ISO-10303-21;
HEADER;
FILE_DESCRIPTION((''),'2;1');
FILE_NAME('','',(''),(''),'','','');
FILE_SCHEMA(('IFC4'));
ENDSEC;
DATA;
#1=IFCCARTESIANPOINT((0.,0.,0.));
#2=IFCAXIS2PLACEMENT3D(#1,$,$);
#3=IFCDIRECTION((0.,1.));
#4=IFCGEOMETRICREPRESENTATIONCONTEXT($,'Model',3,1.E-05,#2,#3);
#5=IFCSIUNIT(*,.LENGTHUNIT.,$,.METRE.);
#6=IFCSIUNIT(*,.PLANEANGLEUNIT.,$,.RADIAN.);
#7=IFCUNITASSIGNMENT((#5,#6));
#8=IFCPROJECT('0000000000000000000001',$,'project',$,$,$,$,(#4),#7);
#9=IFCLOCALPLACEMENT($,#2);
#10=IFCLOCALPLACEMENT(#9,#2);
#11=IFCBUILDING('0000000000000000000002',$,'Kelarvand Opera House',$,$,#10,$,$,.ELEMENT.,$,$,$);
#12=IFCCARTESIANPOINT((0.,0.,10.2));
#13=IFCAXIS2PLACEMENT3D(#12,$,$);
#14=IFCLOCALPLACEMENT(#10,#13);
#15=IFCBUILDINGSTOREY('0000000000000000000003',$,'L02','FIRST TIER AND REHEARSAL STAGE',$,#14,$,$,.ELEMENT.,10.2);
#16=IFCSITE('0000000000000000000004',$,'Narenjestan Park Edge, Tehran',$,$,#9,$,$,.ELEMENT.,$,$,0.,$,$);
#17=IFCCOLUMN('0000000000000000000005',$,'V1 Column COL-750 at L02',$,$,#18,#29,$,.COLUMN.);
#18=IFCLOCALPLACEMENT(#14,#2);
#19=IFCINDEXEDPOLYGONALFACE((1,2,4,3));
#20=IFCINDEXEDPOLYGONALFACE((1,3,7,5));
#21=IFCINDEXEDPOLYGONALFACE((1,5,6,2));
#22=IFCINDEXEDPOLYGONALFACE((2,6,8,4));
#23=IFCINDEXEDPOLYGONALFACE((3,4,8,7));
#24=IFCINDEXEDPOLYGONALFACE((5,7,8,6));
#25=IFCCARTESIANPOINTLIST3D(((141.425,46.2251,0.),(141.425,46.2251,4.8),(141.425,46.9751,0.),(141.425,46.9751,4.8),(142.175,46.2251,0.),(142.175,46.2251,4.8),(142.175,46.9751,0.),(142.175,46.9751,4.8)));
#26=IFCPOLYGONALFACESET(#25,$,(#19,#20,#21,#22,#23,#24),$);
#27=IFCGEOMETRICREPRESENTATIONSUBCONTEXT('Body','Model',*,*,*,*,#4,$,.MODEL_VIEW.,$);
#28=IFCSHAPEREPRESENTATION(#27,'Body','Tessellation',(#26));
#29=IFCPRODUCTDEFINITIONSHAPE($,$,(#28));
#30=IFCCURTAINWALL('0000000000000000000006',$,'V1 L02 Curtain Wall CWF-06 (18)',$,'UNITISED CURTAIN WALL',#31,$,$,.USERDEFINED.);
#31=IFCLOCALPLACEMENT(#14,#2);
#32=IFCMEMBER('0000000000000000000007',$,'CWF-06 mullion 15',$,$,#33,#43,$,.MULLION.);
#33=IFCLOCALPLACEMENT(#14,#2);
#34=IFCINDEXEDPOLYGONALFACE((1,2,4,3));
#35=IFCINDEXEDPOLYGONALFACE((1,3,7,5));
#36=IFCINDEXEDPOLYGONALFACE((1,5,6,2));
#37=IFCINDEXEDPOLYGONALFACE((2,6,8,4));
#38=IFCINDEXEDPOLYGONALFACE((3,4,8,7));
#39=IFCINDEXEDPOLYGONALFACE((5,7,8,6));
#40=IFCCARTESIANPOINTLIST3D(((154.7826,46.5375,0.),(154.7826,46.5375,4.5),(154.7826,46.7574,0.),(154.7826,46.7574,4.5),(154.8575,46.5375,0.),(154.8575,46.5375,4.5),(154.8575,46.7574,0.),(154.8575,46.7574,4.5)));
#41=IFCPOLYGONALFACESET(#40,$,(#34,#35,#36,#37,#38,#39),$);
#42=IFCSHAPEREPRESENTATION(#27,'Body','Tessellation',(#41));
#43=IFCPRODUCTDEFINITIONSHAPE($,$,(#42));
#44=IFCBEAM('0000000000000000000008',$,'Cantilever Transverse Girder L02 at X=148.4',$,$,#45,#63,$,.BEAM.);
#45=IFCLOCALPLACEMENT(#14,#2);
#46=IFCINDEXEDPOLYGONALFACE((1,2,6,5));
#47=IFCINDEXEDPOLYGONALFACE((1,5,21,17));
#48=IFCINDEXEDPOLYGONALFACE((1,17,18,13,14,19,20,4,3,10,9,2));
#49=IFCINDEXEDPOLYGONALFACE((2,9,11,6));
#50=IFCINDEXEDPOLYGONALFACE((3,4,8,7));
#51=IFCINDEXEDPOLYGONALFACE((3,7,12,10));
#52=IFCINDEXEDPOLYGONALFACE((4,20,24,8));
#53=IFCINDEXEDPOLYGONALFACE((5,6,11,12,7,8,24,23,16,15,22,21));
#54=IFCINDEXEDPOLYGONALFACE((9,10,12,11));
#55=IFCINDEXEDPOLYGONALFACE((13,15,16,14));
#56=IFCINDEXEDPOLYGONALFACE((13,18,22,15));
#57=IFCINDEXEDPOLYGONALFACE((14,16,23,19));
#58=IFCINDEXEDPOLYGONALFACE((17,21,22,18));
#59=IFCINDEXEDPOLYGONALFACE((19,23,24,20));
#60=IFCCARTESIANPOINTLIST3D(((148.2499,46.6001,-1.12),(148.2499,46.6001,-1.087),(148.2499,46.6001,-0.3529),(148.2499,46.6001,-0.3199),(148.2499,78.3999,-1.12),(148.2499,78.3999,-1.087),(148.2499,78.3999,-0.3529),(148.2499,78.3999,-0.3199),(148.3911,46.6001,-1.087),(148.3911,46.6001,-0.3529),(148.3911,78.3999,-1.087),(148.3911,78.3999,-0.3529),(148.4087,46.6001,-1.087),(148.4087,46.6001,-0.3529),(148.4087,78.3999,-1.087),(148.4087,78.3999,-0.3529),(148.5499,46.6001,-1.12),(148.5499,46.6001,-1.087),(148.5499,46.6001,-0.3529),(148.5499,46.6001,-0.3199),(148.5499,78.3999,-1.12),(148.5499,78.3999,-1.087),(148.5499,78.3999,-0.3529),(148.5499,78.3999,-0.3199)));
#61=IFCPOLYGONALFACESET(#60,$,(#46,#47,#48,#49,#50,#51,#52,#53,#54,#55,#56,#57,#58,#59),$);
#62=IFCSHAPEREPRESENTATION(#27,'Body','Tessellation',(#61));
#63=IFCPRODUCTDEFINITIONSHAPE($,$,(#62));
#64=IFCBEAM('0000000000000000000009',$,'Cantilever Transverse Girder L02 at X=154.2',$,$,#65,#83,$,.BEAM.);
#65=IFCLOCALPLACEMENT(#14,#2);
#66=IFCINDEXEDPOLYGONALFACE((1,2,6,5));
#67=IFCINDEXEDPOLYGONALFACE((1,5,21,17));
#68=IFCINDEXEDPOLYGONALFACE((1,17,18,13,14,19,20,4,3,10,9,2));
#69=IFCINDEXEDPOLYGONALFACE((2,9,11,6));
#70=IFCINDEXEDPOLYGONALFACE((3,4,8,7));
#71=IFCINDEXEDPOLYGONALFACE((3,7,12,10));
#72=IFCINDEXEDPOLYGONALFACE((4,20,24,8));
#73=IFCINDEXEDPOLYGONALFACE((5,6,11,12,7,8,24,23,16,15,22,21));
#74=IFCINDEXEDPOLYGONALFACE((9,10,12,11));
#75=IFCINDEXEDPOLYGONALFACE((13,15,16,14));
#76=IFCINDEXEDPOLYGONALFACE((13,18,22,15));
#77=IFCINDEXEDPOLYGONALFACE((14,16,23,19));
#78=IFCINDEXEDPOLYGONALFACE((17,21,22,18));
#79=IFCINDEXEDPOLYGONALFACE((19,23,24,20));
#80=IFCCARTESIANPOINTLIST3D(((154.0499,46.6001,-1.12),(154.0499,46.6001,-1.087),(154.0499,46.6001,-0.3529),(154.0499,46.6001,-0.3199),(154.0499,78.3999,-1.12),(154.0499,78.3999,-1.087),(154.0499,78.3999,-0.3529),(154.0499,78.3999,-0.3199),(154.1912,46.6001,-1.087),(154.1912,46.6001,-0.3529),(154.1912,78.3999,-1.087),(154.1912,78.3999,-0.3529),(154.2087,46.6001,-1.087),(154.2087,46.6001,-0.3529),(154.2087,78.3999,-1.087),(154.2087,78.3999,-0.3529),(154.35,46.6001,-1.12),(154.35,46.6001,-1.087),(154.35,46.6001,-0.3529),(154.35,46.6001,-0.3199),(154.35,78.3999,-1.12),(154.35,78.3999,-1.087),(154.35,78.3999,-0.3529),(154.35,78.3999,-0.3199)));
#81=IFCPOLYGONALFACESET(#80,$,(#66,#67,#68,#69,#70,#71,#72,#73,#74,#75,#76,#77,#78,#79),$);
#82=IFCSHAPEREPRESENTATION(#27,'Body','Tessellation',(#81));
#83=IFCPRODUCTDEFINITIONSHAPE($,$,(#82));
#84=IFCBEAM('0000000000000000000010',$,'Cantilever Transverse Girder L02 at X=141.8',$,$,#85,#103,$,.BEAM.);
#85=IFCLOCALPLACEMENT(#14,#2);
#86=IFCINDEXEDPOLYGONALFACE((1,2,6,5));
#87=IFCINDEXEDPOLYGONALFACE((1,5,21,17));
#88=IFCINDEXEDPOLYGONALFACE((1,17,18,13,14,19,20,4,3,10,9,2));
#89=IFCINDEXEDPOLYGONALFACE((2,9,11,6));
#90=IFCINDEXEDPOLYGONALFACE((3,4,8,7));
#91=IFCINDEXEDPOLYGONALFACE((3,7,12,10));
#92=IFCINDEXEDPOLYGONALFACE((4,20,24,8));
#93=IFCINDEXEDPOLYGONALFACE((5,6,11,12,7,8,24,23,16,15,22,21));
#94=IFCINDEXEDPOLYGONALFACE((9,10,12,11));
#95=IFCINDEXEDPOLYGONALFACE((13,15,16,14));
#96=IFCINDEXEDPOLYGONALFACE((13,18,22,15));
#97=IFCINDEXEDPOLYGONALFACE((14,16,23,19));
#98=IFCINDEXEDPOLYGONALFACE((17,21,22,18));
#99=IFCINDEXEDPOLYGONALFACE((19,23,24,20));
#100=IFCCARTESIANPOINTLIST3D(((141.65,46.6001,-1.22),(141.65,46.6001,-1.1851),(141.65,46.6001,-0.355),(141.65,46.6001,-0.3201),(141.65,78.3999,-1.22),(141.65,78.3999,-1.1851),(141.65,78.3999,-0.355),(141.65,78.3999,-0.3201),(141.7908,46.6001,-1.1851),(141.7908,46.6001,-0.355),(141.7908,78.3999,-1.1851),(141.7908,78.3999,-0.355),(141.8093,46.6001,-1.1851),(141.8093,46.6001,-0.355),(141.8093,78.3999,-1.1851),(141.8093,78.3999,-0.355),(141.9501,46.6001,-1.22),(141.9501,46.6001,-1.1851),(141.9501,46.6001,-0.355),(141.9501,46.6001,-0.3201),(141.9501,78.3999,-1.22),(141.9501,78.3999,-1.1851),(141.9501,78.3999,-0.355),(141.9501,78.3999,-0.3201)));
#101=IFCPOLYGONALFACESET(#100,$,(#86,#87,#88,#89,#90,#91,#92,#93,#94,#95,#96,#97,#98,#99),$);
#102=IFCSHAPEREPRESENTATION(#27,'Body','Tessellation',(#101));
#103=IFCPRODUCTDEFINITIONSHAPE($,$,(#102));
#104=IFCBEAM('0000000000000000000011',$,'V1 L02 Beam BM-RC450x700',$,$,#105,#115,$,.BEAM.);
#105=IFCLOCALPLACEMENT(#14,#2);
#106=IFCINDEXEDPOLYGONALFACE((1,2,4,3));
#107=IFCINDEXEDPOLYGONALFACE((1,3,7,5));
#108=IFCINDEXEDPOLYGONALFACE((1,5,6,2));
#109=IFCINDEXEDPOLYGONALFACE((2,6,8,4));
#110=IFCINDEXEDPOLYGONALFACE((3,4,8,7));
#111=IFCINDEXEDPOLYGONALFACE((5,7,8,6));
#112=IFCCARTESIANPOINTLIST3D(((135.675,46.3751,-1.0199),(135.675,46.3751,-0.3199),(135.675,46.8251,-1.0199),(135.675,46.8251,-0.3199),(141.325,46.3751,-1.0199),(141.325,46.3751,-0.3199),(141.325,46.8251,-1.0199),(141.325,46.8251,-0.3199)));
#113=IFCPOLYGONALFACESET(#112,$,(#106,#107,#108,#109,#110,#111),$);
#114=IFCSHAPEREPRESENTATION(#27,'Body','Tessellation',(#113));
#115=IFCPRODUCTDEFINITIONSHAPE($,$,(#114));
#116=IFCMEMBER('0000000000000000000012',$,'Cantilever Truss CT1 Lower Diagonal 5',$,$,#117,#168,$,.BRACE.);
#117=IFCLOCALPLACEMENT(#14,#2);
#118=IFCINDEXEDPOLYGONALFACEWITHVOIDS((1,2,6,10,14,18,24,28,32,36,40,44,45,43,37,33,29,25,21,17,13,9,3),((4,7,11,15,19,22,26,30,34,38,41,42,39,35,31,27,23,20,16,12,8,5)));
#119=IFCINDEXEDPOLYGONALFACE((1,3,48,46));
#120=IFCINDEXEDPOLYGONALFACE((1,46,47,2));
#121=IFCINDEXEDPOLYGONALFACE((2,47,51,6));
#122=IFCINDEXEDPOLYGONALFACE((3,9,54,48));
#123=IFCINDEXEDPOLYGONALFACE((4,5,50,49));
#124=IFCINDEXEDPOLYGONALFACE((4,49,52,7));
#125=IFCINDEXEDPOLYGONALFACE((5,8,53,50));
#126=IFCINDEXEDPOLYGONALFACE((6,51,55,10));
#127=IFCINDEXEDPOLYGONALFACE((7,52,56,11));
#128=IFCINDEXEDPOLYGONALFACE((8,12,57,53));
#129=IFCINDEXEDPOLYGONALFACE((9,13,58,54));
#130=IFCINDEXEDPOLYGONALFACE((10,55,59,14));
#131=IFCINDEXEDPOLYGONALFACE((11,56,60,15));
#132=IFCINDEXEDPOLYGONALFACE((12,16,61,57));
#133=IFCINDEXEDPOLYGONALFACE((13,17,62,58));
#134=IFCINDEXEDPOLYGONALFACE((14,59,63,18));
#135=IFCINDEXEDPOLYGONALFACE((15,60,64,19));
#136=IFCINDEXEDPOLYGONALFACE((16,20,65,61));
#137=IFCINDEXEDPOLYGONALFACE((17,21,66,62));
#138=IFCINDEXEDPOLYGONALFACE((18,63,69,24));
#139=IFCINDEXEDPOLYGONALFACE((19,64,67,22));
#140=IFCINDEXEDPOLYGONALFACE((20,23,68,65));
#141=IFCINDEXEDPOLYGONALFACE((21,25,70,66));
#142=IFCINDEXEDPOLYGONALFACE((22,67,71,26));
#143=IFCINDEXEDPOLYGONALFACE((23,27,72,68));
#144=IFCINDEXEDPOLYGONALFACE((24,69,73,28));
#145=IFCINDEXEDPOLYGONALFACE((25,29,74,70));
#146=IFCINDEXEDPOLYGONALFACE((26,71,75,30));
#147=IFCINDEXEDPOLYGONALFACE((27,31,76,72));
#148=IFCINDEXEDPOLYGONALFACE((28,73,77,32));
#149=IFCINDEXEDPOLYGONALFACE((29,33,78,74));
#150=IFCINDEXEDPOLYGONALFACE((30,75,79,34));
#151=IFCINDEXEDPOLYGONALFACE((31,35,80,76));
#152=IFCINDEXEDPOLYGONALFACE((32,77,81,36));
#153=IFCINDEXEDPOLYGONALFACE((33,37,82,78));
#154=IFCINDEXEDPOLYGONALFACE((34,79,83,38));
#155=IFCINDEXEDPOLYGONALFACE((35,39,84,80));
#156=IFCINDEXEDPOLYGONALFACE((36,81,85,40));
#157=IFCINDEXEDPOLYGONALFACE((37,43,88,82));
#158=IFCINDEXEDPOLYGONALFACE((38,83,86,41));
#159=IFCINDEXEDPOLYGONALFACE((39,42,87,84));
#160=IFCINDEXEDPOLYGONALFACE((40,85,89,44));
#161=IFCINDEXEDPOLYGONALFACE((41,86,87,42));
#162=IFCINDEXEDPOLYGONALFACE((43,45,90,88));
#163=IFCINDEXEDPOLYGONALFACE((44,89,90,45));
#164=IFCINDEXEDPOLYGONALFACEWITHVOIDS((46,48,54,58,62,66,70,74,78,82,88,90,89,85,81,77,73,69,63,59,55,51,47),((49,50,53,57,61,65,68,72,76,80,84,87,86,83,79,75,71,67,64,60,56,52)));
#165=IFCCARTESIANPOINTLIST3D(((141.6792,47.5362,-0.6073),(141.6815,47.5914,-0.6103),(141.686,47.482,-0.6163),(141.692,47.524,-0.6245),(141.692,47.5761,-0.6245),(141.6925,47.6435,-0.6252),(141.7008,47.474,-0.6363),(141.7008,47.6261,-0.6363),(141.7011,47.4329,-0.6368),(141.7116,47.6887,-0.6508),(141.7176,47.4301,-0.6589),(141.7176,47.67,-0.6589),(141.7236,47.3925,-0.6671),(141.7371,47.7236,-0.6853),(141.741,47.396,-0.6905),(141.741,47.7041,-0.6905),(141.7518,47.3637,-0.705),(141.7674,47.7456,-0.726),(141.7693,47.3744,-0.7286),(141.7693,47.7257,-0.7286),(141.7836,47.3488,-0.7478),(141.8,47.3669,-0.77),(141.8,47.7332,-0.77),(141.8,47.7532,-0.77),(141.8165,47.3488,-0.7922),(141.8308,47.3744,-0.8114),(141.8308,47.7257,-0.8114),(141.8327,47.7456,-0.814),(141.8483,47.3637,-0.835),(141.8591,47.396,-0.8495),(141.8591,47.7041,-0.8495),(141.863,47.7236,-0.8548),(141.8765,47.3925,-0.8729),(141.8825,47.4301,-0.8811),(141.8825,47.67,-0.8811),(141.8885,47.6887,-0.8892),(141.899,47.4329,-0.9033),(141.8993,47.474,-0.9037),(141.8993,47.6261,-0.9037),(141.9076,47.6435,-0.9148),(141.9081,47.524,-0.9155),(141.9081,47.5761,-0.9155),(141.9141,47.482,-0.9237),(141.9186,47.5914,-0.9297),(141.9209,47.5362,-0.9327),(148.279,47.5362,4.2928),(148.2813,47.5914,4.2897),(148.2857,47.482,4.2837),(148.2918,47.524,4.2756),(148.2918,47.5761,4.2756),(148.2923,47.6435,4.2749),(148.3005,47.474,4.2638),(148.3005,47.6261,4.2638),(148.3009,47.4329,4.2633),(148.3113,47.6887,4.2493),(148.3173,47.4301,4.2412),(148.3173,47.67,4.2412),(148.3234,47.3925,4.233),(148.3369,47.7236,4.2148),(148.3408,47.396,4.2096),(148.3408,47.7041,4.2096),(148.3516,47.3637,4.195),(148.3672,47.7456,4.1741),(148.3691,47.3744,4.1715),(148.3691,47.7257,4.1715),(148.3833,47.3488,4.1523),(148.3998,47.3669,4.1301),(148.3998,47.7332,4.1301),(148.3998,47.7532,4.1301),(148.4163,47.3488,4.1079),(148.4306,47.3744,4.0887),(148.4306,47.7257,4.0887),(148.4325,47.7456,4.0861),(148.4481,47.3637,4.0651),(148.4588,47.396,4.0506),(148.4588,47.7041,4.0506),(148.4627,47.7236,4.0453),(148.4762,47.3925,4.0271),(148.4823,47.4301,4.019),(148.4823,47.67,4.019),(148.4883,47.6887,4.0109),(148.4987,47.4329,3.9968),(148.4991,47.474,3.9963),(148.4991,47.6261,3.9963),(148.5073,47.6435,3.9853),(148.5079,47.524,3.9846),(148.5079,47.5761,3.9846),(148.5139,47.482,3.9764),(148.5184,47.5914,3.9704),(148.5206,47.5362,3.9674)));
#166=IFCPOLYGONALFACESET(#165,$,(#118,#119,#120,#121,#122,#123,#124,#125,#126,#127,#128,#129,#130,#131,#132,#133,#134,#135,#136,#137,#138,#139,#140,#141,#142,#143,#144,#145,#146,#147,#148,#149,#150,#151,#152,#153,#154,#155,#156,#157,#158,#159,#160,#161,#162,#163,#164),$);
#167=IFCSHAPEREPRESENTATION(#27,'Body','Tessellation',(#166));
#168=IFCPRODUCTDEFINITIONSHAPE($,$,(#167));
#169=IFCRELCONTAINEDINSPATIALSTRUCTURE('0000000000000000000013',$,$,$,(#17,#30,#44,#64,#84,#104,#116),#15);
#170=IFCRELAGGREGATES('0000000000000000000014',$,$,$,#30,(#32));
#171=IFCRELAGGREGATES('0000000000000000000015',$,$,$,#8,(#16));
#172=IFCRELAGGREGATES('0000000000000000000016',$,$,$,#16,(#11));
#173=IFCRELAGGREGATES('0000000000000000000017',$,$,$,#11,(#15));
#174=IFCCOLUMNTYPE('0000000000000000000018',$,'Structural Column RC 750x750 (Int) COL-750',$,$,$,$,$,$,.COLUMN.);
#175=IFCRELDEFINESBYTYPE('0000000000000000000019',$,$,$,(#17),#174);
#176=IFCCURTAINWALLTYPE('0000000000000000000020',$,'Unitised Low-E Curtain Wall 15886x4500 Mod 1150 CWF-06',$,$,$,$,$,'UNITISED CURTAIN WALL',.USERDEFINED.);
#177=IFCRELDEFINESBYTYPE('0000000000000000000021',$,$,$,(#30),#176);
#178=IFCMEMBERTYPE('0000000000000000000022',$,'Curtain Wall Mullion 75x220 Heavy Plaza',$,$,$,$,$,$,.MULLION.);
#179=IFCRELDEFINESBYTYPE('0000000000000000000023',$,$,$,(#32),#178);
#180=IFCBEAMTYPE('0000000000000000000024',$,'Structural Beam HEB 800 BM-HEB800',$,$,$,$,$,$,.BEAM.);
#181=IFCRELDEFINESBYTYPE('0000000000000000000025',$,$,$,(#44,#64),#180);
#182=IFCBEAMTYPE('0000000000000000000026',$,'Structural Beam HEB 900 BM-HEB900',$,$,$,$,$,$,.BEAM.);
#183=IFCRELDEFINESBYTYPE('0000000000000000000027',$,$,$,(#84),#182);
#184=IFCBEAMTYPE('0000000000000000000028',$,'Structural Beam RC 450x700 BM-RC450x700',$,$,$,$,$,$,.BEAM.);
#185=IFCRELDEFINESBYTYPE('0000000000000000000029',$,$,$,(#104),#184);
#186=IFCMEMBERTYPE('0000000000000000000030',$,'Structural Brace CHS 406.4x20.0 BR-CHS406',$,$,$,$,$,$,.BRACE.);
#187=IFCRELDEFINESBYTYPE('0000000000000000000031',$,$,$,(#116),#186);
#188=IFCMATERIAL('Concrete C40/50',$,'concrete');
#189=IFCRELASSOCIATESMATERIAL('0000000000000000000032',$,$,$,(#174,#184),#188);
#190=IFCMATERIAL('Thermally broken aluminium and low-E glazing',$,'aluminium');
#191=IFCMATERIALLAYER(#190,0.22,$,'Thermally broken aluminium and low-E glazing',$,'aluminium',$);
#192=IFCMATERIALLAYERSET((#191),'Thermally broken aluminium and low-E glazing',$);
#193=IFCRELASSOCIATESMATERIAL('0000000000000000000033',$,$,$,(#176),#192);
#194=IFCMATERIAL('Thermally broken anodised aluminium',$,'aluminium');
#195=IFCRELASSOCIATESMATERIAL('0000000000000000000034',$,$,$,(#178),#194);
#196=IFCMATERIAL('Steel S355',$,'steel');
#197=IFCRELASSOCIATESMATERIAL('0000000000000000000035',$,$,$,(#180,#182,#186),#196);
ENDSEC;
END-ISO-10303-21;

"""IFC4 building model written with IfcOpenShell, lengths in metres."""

from ifc_helpers import new_model, si_unit, direction, frame, origin, origin_2d, place, context, subcontext, project, spatial, rectangle, hollow_circle, i_section, extrude, material, layer, layer_set, material_profile, profile_set, type_object, element, aggregate, save


model = new_model("IFC4")

# Units and contexts
model_context = context("Model", 3, precision=1e-05, world=origin(), true_north=direction((0.0, 1.0)))
body_context = subcontext(model_context, "Body", "Model", "MODEL_VIEW")
ifc_project = project(units=[si_unit("LENGTHUNIT", "METRE"), si_unit("PLANEANGLEUNIT", "RADIAN")], contexts=[model_context])

# Site, building, storey
site_placement = place(None, origin())
site = spatial("IfcSite", under=ifc_project, at=site_placement, Name="Narenjestan Park Edge, Tehran", CompositionType="ELEMENT", RefElevation=0.0)
building_placement = place(site_placement, origin())
building = spatial("IfcBuilding", under=site, at=building_placement, Name="Kelarvand Opera House", CompositionType="ELEMENT")
storey_placement = place(building_placement, frame((0.0, 0.0, 10.2)))
storey = spatial("IfcBuildingStorey", under=building, at=storey_placement, Name="L02", Description="FIRST TIER AND REHEARSAL STAGE", CompositionType="ELEMENT", Elevation=10.2)

# Column
ifc_material_1 = material(Name="Concrete C40/50", Category="concrete")
ifc_material_profile_1 = material_profile(ifc_material_1, rectangle(XDim=0.75, YDim=0.75, at=origin_2d()), Name="RC 750x750", Category="concrete")
ifc_profile_set_1 = profile_set([ifc_material_profile_1], Name="Concrete C40/50")
column_type = type_object("IfcColumnType", Name="Structural Column RC 750x750 (Int) COL-750", PredefinedType="COLUMN", material=ifc_profile_set_1)
column_placement = place(storey_placement, frame((141.8, 46.6001, 0.0), z_axis=(0.0, 0.0, 1.0), x_axis=(1.0, 0.0, 0.0)))
element("IfcColumn", 1, at=column_placement, inside=storey, type_object=column_type, Name="V1 Column COL-750 at L02", PredefinedType="COLUMN", context=body_context, shape_type="SweptSolid", body=[
    extrude(rectangle(XDim=0.75, YDim=0.75, at=origin_2d()), origin(), (0.0, 0.0, 1.0), 4.8),
])

# Curtain wall, member
ifc_material_2 = material(Name="Thermally broken aluminium and low-E glazing", Category="aluminium")
ifc_layer_1 = layer(ifc_material_2, 0.22, Name="Thermally broken aluminium and low-E glazing", Category="aluminium")
ifc_layer_set_1 = layer_set([ifc_layer_1], Name="Thermally broken aluminium and low-E glazing")
curtain_wall_type = type_object("IfcCurtainWallType", Name="Unitised Low-E Curtain Wall 15886x4500 Mod 1150 CWF-06", ElementType="UNITISED CURTAIN WALL", PredefinedType="USERDEFINED", material=ifc_layer_set_1)
curtain_wall_placement = place(storey_placement, origin())
curtain_wall = element("IfcCurtainWall", 2, at=curtain_wall_placement, inside=storey, type_object=curtain_wall_type, Name="V1 L02 Curtain Wall CWF-06 (18)", ObjectType="UNITISED CURTAIN WALL", PredefinedType="USERDEFINED")
ifc_material_3 = material(Name="Thermally broken anodised aluminium", Category="aluminium")
ifc_material_profile_2 = material_profile(ifc_material_3, rectangle(XDim=0.075, YDim=0.22, at=origin_2d()), Name="ALU MULLION 75x220", Category="aluminium")
ifc_profile_set_2 = profile_set([ifc_material_profile_2], Name="Thermally broken anodised aluminium")
member_type_1 = type_object("IfcMemberType", Name="Curtain Wall Mullion 75x220 Heavy Plaza", PredefinedType="MULLION", material=ifc_profile_set_2)
member_1_placement = place(storey_placement, frame((154.8201, 46.6475, 0.0), z_axis=(0.0, 0.0, 1.0), x_axis=(1.0, 0.0, 0.0)))
member_1 = element("IfcMember", 3, at=member_1_placement, type_object=member_type_1, Name="CWF-06 mullion 15", PredefinedType="MULLION", context=body_context, shape_type="SweptSolid", body=[
    extrude(rectangle(XDim=0.075, YDim=0.22, at=origin_2d()), origin(), (0.0, 0.0, 1.0), 4.5),
])

# Beams
ifc_material_4 = material(Name="Steel S355", Category="steel")
ifc_material_profile_3 = material_profile(ifc_material_4, i_section(OverallWidth=0.3, OverallDepth=0.8, WebThickness=0.0176, FlangeThickness=0.033, at=origin_2d()), Name="HEB 800", Category="steel")
ifc_profile_set_3 = profile_set([ifc_material_profile_3], Name="Steel S355")
beam_type_1 = type_object("IfcBeamType", Name="Structural Beam HEB 800 BM-HEB800", PredefinedType="BEAM", material=ifc_profile_set_3)
for number, where, z_axis, x_axis, name in (
    (4, (148.3999, 46.6001, -0.72), (0.0, 1.0, 0.0), (-1.0, 0.0, 0.0), "Cantilever Transverse Girder L02 at X=148.4"),
    (5, (154.2, 46.6001, -0.72), (0.0, 1.0, 0.0), (-1.0, 0.0, 0.0), "Cantilever Transverse Girder L02 at X=154.2"),
):
    element("IfcBeam", number, at=place(storey_placement, frame(where, z_axis=z_axis, x_axis=x_axis)), inside=storey, type_object=beam_type_1, Name=name, PredefinedType="BEAM", context=body_context, shape_type="SweptSolid", body=[
        extrude(i_section(OverallWidth=0.3, OverallDepth=0.8, WebThickness=0.0176, FlangeThickness=0.033, at=origin_2d()), origin(), (0.0, 0.0, 1.0), 31.7998),
    ])
ifc_material_profile_4 = material_profile(ifc_material_4, i_section(OverallWidth=0.3, OverallDepth=0.8999, WebThickness=0.0186, FlangeThickness=0.0349, at=origin_2d()), Name="HEB 900", Category="steel")
ifc_profile_set_4 = profile_set([ifc_material_profile_4], Name="Steel S355")
beam_type_2 = type_object("IfcBeamType", Name="Structural Beam HEB 900 BM-HEB900", PredefinedType="BEAM", material=ifc_profile_set_4)
beam_1_placement = place(storey_placement, frame((141.8, 46.6001, -0.77), z_axis=(0.0, 1.0, 0.0), x_axis=(-1.0, 0.0, 0.0)))
element("IfcBeam", 6, at=beam_1_placement, inside=storey, type_object=beam_type_2, Name="Cantilever Transverse Girder L02 at X=141.8", PredefinedType="BEAM", context=body_context, shape_type="SweptSolid", body=[
    extrude(i_section(OverallWidth=0.3, OverallDepth=0.8999, WebThickness=0.0186, FlangeThickness=0.0349, at=origin_2d()), origin(), (0.0, 0.0, 1.0), 31.7998),
])
ifc_material_profile_5 = material_profile(ifc_material_1, rectangle(XDim=0.45, YDim=0.7, at=origin_2d()), Name="RC 450x700", Category="concrete")
ifc_profile_set_5 = profile_set([ifc_material_profile_5], Name="Concrete C40/50")
beam_type_3 = type_object("IfcBeamType", Name="Structural Beam RC 450x700 BM-RC450x700", PredefinedType="BEAM", material=ifc_profile_set_5)
beam_2_placement = place(storey_placement, frame((135.675, 46.6001, -0.6699), z_axis=(1.0, 0.0, 0.0), x_axis=(0.0, 1.0, 0.0)))
element("IfcBeam", 7, at=beam_2_placement, inside=storey, type_object=beam_type_3, Name="V1 L02 Beam BM-RC450x700", PredefinedType="BEAM", context=body_context, shape_type="SweptSolid", body=[
    extrude(rectangle(XDim=0.45, YDim=0.7, at=origin_2d()), origin(), (0.0, 0.0, 1.0), 5.6499),
])

# Member
ifc_material_profile_6 = material_profile(ifc_material_4, hollow_circle(Radius=0.2031, WallThickness=0.02, at=origin_2d()), Name="CHS 406.4x20.0", Category="steel")
ifc_profile_set_6 = profile_set([ifc_material_profile_6], Name="Steel S355")
member_type_2 = type_object("IfcMemberType", Name="Structural Brace CHS 406.4x20.0 BR-CHS406", PredefinedType="BRACE", material=ifc_profile_set_6)
member_2_placement = place(storey_placement, frame((141.8, 47.55, -0.77), z_axis=(0.802895, 0.0, 0.59612), x_axis=(0.0, 1.0, 0.0)))
element("IfcMember", 8, at=member_2_placement, inside=storey, type_object=member_type_2, Name="Cantilever Truss CT1 Lower Diagonal 5", PredefinedType="BRACE", context=body_context, shape_type="SweptSolid", body=[
    extrude(hollow_circle(Radius=0.2031, WallThickness=0.02, at=origin_2d()), origin(), (0.0, 0.0, 1.0), 8.22),
])

aggregate(curtain_wall, [member_1])

save(model, "model.ifc")
